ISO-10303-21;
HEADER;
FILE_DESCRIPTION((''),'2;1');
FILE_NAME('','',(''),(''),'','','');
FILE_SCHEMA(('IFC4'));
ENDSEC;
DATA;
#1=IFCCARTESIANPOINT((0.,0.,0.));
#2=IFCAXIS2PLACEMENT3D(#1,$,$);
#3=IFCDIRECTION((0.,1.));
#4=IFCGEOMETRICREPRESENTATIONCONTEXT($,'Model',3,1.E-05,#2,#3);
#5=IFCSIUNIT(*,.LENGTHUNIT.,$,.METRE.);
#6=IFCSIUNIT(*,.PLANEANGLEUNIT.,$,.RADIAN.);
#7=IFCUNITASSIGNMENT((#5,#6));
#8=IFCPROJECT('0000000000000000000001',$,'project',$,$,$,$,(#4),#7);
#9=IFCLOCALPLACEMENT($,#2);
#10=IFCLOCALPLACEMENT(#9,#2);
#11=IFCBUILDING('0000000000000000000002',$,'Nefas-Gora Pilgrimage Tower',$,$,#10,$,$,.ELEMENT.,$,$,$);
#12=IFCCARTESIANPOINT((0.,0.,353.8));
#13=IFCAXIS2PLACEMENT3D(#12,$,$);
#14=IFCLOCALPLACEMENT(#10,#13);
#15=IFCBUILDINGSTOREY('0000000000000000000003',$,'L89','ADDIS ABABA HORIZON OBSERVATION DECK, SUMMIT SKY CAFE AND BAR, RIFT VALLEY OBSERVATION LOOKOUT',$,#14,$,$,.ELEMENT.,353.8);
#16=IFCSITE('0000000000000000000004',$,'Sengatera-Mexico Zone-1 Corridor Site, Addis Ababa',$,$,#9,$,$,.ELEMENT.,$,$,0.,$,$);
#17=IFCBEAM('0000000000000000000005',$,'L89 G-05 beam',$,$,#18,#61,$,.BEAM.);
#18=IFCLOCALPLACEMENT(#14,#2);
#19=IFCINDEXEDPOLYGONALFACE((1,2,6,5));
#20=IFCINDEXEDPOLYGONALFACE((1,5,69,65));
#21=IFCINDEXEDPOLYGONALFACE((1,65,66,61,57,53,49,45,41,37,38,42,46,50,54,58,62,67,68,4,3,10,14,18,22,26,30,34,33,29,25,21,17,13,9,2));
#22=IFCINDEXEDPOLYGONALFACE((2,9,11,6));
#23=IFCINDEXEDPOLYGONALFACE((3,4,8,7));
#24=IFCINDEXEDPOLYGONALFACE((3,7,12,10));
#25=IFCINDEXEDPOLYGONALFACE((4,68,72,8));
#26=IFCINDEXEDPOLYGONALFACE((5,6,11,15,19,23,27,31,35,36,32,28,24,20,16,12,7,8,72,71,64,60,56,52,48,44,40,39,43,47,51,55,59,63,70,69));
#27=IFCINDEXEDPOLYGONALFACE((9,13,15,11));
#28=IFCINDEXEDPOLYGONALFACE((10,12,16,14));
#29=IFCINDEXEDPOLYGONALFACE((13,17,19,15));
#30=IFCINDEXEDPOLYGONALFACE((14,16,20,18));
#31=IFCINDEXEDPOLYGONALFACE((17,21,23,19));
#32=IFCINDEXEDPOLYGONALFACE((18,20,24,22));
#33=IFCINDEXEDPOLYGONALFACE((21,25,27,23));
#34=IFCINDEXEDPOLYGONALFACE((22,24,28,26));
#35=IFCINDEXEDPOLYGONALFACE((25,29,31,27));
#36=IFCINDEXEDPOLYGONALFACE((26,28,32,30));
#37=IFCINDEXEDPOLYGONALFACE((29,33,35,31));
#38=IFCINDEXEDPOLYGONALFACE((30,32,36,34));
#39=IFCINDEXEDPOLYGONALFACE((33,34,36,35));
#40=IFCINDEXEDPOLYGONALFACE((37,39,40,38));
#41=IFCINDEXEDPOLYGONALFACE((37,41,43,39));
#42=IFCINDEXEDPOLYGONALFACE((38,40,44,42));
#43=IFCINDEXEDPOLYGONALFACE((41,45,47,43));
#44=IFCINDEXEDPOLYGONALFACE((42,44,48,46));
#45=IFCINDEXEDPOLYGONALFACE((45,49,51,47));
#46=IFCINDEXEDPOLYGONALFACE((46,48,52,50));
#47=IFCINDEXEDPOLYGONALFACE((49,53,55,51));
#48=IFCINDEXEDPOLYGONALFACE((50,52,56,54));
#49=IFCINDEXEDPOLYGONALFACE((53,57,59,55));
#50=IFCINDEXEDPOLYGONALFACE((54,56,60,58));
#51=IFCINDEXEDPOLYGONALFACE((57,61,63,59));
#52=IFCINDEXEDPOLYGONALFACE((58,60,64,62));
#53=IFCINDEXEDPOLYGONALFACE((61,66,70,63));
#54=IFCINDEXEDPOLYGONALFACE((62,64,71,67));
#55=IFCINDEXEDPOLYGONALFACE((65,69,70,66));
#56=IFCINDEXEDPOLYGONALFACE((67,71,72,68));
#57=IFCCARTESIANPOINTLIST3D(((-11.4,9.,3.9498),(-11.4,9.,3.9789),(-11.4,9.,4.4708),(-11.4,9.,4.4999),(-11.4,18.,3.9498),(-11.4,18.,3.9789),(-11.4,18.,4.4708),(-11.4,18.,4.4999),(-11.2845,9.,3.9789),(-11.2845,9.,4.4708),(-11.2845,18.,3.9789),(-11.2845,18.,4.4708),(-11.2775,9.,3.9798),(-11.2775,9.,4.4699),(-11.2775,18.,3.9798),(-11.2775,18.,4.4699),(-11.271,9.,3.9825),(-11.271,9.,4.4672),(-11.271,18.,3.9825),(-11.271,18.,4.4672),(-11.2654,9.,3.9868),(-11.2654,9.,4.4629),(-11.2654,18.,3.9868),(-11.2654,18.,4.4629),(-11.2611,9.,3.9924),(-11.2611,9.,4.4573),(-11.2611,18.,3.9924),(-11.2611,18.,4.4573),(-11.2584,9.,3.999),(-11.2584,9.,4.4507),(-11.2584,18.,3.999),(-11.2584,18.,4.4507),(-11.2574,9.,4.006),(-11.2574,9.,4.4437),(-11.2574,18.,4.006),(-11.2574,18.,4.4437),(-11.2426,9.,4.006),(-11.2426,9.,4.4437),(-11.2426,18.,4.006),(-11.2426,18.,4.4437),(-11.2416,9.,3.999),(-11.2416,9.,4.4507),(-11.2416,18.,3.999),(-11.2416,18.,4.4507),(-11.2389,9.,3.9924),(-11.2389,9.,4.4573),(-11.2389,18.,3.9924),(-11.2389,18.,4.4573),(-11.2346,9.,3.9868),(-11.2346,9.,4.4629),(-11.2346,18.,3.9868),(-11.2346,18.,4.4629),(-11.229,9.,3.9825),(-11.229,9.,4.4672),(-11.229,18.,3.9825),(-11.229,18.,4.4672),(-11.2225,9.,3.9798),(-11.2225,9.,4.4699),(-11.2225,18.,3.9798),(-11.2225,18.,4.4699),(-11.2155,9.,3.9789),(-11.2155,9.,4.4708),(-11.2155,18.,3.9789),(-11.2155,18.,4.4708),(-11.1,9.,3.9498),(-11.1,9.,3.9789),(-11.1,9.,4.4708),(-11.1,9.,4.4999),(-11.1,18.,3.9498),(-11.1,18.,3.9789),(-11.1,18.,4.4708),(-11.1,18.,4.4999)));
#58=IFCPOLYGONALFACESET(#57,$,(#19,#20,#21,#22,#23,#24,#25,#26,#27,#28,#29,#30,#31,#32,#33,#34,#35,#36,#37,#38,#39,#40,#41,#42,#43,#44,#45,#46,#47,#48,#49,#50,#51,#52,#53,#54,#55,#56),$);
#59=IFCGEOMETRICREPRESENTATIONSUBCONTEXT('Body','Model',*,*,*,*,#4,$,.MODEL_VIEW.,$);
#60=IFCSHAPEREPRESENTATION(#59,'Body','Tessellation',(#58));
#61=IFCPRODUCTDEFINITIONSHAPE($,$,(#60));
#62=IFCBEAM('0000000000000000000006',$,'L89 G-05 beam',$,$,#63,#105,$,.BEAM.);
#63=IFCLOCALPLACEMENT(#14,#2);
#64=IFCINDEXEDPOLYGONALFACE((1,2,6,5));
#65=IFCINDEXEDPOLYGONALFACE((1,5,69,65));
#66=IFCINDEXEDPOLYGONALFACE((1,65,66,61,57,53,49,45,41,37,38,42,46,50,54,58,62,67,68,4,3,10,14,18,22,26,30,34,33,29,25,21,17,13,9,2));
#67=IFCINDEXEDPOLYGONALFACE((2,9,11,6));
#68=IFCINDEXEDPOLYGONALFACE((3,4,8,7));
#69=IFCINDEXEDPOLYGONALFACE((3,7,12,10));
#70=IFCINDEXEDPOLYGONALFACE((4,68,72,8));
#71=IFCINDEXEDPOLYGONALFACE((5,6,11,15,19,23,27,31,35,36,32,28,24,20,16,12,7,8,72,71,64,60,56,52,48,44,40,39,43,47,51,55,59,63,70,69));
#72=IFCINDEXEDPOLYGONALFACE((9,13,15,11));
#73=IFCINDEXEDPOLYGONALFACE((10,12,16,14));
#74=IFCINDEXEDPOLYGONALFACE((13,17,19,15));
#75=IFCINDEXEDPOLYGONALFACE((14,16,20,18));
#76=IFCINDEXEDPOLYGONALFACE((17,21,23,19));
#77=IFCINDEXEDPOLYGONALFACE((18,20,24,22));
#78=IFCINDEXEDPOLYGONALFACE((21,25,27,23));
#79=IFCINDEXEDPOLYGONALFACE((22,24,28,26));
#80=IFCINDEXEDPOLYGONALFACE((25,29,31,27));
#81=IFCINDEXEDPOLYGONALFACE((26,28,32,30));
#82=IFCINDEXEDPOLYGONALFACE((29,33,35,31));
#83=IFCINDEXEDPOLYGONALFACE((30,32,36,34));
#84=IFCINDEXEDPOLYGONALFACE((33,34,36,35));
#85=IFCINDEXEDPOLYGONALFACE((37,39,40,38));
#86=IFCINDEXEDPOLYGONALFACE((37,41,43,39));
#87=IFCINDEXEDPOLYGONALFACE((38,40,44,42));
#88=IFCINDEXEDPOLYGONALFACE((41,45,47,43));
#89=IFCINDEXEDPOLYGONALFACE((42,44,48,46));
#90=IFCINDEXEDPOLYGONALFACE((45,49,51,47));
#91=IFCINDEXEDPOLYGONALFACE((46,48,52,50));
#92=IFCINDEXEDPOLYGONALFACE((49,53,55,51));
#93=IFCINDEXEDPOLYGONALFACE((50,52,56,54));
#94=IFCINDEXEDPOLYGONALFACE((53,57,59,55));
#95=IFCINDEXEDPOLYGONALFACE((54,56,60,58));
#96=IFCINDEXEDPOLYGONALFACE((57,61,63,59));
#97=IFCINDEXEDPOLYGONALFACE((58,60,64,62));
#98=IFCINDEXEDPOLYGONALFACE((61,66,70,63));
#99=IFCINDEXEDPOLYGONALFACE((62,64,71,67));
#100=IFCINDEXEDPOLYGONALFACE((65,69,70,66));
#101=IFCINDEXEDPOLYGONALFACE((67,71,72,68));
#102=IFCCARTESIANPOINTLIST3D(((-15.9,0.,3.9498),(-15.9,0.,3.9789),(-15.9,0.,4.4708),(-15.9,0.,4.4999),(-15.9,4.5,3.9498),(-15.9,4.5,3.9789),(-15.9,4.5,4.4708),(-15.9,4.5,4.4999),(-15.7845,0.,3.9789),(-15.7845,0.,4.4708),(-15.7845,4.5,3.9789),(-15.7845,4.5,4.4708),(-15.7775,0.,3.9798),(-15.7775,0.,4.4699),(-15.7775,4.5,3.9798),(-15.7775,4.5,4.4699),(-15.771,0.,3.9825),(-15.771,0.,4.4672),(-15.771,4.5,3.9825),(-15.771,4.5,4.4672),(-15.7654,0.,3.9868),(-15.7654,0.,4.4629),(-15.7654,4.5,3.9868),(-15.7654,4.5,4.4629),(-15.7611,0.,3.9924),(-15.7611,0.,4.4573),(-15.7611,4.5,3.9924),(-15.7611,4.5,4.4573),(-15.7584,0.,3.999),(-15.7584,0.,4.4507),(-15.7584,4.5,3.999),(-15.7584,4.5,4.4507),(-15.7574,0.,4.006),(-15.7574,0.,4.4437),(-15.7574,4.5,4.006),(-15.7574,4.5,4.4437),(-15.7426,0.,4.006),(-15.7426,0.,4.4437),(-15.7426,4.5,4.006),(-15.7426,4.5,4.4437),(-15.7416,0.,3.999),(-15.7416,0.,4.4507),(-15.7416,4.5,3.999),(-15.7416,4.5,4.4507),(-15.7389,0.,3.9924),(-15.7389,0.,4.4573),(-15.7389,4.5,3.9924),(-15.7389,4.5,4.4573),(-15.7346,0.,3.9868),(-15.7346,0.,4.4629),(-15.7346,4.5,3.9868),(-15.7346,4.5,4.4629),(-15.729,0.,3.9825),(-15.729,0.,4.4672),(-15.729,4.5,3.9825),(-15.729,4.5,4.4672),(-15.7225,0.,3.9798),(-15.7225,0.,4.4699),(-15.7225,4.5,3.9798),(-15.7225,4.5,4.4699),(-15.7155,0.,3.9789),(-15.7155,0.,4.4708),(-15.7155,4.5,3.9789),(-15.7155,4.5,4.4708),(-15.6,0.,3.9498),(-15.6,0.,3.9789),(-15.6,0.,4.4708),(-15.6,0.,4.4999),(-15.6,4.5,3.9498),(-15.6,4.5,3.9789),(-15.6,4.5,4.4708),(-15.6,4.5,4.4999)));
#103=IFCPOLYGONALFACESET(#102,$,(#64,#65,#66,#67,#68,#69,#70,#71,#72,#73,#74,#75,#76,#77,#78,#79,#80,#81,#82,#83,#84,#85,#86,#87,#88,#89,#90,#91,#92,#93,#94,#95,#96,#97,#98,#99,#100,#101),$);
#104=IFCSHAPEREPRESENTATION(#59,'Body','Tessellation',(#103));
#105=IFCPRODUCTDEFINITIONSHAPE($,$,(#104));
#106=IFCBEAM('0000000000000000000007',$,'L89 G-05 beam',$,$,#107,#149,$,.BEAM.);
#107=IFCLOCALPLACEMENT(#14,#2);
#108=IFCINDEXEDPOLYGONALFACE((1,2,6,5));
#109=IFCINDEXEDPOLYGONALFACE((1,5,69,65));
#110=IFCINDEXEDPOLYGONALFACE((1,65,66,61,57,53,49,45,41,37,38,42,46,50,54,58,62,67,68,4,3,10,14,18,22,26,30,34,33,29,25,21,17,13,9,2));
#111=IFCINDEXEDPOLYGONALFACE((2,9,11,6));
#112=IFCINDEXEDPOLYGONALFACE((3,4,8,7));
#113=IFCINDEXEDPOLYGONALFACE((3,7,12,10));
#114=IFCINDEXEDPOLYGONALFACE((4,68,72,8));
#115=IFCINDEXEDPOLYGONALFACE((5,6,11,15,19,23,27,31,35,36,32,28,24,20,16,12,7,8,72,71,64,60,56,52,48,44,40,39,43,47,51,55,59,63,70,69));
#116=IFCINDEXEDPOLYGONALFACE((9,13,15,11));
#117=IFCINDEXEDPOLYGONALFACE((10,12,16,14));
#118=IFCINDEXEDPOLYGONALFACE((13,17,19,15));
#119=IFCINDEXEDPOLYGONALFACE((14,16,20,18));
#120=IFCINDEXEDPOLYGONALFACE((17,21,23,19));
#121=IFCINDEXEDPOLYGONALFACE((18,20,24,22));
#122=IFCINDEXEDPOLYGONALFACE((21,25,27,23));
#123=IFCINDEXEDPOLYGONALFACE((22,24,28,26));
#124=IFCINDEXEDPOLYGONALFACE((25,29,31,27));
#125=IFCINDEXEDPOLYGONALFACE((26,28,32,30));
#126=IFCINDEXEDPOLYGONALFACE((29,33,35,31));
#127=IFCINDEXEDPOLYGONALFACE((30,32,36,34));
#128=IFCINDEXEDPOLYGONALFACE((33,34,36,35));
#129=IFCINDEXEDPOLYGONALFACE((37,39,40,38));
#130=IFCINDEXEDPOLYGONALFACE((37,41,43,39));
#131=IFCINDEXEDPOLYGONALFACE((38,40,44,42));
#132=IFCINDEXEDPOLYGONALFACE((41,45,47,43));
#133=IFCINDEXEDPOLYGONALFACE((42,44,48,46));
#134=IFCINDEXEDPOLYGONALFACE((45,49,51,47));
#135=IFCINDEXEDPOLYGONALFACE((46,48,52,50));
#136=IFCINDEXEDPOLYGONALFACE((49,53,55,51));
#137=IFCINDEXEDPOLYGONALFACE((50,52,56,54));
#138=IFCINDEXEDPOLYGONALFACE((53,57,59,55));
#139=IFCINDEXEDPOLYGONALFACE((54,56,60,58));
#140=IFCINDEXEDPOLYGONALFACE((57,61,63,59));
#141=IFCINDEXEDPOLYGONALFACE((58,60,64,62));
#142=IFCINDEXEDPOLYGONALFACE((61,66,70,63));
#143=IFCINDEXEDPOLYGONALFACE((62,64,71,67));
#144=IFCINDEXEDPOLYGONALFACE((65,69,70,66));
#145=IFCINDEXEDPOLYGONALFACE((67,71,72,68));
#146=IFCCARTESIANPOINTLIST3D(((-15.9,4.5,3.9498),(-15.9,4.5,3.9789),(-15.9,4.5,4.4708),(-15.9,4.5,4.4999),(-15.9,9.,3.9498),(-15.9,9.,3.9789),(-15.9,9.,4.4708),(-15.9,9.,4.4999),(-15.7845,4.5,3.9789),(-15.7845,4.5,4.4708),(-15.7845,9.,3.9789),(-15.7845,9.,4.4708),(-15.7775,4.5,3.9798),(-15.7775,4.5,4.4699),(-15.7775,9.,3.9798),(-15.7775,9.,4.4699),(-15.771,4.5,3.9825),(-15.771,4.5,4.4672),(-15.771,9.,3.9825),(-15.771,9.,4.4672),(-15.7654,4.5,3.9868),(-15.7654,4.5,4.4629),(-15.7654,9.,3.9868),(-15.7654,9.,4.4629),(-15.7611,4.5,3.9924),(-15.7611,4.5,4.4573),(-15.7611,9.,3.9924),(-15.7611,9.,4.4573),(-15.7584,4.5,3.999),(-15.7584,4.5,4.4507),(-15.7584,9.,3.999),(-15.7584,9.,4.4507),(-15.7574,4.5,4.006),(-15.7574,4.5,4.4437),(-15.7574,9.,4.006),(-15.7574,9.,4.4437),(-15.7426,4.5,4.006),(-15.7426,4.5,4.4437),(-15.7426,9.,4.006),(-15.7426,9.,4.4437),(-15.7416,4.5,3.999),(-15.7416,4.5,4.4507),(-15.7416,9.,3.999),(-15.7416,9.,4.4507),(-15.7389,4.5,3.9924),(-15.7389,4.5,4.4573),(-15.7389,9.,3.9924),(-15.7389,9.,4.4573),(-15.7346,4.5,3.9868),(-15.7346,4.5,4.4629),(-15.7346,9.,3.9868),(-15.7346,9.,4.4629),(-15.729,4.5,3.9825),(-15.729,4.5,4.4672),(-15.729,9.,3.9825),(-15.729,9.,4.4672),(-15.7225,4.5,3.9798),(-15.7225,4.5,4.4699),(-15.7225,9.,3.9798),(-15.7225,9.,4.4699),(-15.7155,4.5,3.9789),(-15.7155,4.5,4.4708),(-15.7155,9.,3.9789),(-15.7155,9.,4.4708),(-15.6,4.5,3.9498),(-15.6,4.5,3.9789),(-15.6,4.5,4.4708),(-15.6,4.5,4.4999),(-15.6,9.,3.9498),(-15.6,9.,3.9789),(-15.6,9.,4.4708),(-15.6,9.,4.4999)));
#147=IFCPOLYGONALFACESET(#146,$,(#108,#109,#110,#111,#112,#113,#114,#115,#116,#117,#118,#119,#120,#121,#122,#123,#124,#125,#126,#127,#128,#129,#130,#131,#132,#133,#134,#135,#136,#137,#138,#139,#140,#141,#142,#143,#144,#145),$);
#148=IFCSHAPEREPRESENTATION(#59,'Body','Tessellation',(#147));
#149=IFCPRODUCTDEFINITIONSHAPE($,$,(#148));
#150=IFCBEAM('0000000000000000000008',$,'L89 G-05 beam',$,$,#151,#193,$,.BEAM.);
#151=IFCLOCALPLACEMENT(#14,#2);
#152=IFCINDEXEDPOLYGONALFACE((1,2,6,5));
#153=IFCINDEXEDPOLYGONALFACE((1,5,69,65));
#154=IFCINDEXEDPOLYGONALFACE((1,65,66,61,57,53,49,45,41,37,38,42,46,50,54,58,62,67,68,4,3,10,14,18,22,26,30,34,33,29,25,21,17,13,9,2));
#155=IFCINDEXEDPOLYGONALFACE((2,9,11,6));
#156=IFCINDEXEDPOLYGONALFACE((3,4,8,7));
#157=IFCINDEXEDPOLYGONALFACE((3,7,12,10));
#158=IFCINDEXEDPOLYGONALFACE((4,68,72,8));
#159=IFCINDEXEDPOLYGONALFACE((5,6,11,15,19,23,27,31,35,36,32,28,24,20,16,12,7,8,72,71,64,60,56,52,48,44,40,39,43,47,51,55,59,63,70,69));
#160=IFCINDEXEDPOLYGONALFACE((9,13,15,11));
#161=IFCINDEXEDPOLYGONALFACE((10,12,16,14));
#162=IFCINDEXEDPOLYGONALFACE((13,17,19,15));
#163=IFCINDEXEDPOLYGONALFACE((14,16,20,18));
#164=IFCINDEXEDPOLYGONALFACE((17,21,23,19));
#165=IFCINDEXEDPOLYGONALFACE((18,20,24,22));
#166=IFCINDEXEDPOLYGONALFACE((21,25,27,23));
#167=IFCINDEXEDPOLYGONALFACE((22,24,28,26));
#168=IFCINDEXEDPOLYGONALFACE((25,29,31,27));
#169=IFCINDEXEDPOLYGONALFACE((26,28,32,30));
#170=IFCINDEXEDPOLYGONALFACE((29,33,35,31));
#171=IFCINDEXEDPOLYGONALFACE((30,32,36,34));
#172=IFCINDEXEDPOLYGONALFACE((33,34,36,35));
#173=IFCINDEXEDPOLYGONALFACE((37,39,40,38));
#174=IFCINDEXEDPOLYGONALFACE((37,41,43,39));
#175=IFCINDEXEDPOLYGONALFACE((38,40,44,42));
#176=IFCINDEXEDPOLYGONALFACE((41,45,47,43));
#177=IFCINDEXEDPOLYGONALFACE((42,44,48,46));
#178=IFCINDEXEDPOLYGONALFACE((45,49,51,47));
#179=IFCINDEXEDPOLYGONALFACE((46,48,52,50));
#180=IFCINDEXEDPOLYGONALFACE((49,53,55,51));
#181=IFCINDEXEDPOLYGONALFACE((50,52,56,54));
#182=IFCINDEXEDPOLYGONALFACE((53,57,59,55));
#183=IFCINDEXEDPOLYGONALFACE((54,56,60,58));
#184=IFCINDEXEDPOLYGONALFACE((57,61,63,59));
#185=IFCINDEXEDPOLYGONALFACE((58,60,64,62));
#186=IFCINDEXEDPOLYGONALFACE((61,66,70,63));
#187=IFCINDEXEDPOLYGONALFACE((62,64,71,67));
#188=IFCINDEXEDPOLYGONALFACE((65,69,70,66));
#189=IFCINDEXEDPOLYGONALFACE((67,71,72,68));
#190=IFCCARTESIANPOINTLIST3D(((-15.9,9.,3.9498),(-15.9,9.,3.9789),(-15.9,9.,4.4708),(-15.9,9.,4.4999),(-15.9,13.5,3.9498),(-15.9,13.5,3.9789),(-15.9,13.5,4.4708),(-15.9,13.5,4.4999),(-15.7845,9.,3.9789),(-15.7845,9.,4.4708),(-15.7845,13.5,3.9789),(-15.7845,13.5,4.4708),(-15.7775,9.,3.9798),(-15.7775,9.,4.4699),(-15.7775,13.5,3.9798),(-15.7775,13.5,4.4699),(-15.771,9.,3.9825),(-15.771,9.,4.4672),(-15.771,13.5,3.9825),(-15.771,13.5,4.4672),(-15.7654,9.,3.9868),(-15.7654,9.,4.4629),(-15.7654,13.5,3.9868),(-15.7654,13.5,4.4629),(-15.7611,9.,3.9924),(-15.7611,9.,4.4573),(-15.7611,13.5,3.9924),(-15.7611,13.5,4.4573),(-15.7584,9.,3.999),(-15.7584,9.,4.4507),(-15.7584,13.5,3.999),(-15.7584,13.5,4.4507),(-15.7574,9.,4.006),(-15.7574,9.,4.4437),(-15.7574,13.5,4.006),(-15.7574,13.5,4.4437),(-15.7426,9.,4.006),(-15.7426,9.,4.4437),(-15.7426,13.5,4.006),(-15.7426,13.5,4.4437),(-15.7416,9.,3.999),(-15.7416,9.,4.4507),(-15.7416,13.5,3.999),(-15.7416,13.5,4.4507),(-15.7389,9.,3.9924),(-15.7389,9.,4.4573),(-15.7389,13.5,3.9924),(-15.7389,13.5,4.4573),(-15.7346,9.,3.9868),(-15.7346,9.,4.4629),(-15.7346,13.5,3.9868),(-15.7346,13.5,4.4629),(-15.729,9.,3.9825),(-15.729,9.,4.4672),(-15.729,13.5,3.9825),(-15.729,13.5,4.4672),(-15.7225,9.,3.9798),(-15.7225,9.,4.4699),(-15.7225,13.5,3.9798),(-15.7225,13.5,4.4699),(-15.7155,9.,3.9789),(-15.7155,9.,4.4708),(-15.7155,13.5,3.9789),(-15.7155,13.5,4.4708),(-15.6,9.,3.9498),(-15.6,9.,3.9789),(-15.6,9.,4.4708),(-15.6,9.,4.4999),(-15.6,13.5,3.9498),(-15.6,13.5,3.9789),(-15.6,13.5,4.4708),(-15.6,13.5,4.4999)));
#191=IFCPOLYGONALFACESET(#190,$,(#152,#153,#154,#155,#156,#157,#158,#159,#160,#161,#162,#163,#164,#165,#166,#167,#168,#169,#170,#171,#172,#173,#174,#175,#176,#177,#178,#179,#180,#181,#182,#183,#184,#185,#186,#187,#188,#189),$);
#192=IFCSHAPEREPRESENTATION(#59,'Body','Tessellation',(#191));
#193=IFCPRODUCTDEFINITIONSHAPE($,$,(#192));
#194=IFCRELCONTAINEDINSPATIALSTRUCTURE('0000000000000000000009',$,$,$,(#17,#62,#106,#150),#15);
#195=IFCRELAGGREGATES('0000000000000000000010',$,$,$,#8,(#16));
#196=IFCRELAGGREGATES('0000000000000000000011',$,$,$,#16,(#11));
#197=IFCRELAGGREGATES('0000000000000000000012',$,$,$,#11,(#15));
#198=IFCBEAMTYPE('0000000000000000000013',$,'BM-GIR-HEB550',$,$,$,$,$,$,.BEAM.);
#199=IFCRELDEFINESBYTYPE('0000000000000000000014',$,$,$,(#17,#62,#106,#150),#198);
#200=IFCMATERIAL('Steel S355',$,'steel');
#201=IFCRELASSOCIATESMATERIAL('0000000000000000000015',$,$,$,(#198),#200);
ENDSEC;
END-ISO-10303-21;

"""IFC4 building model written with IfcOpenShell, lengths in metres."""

from ifc_helpers import new_model, si_unit, direction, frame, origin, origin_2d, place, context, subcontext, project, spatial, i_section, extrude, source, transform, mapped, material, material_profile, profile_set, type_object, element, save


model = new_model("IFC4")

# Units and contexts
model_context = context("Model", 3, precision=1e-05, world=origin(), true_north=direction((0.0, 1.0)))
body_context = subcontext(model_context, "Body", "Model", "MODEL_VIEW")
ifc_project = project(units=[si_unit("LENGTHUNIT", "METRE"), si_unit("PLANEANGLEUNIT", "RADIAN")], contexts=[model_context])

# Site, building, storey
site_placement = place(None, origin())
site = spatial("IfcSite", under=ifc_project, at=site_placement, Name="Sengatera-Mexico Zone-1 Corridor Site, Addis Ababa", CompositionType="ELEMENT", RefElevation=0.0)
building_placement = place(site_placement, origin())
building = spatial("IfcBuilding", under=site, at=building_placement, Name="Nefas-Gora Pilgrimage Tower", CompositionType="ELEMENT")
storey_placement = place(building_placement, frame((0.0, 0.0, 353.8)))
storey = spatial("IfcBuildingStorey", under=building, at=storey_placement, Name="L89", Description="ADDIS ABABA HORIZON OBSERVATION DECK, SUMMIT SKY CAFE AND BAR, RIFT VALLEY OBSERVATION LOOKOUT", CompositionType="ELEMENT", Elevation=353.8)

# Shared definitions
ifc_material_1 = material(Name="Steel S355", Category="steel")

# Beams
ifc_material_profile_1 = material_profile(ifc_material_1, i_section(OverallWidth=0.3, OverallDepth=0.55, WebThickness=0.0149, FlangeThickness=0.0291, FilletRadius=0.0271, at=origin_2d()), Name="HEB 550")
ifc_profile_set_1 = profile_set([ifc_material_profile_1], Name="Steel S355")
beam_type = type_object("IfcBeamType", Name="BM-GIR-HEB550", PredefinedType="BEAM", material=ifc_profile_set_1)
shared_shape_1 = source(origin(), body_context, "Body", "SweptSolid", [
    extrude(i_section(OverallWidth=0.3, OverallDepth=0.55, WebThickness=0.0149, FlangeThickness=0.0291, FilletRadius=0.0271, at=origin_2d()), origin(), (0.0, 0.0, 1.0), 9.0),
])
beam_placement = place(storey_placement, frame((-11.25, 9.0, 4.2249), z_axis=(0.0, 1.0, 0.0), x_axis=(-1.0, 0.0, 0.0)))
element("IfcBeam", 1, at=beam_placement, inside=storey, type_object=beam_type, Name="L89 G-05 beam", PredefinedType="BEAM", context=body_context, shape_type="MappedRepresentation", body=[
    mapped(shared_shape_1, transform((0.0, 0.0, 0.0), x_axis=(1.0, 0.0, 0.0), y_axis=(0.0, 1.0, 0.0), z_axis=(0.0, 0.0, 1.0), scale=1.0)),
])
shared_shape_2 = source(origin(), body_context, "Body", "SweptSolid", [
    extrude(i_section(OverallWidth=0.3, OverallDepth=0.55, WebThickness=0.0149, FlangeThickness=0.0291, FilletRadius=0.0271, at=origin_2d()), origin(), (0.0, 0.0, 1.0), 4.5),
])
for number, where, z_axis, x_axis, name in (
    (2, (-15.75, 0.0, 4.2249), (0.0, 1.0, 0.0), (-1.0, 0.0, 0.0), "L89 G-05 beam"),
    (3, (-15.75, 4.5, 4.2249), (0.0, 1.0, 0.0), (-1.0, 0.0, 0.0), "L89 G-05 beam"),
    (4, (-15.75, 9.0, 4.2249), (0.0, 1.0, 0.0), (-1.0, 0.0, 0.0), "L89 G-05 beam"),
):
    element("IfcBeam", number, at=place(storey_placement, frame(where, z_axis=z_axis, x_axis=x_axis)), inside=storey, type_object=beam_type, Name=name, PredefinedType="BEAM", context=body_context, shape_type="MappedRepresentation", body=[
        mapped(shared_shape_2, transform((0.0, 0.0, 0.0), x_axis=(1.0, 0.0, 0.0), y_axis=(0.0, 1.0, 0.0), z_axis=(0.0, 0.0, 1.0), scale=1.0)),
    ])

save(model, "model.ifc")
